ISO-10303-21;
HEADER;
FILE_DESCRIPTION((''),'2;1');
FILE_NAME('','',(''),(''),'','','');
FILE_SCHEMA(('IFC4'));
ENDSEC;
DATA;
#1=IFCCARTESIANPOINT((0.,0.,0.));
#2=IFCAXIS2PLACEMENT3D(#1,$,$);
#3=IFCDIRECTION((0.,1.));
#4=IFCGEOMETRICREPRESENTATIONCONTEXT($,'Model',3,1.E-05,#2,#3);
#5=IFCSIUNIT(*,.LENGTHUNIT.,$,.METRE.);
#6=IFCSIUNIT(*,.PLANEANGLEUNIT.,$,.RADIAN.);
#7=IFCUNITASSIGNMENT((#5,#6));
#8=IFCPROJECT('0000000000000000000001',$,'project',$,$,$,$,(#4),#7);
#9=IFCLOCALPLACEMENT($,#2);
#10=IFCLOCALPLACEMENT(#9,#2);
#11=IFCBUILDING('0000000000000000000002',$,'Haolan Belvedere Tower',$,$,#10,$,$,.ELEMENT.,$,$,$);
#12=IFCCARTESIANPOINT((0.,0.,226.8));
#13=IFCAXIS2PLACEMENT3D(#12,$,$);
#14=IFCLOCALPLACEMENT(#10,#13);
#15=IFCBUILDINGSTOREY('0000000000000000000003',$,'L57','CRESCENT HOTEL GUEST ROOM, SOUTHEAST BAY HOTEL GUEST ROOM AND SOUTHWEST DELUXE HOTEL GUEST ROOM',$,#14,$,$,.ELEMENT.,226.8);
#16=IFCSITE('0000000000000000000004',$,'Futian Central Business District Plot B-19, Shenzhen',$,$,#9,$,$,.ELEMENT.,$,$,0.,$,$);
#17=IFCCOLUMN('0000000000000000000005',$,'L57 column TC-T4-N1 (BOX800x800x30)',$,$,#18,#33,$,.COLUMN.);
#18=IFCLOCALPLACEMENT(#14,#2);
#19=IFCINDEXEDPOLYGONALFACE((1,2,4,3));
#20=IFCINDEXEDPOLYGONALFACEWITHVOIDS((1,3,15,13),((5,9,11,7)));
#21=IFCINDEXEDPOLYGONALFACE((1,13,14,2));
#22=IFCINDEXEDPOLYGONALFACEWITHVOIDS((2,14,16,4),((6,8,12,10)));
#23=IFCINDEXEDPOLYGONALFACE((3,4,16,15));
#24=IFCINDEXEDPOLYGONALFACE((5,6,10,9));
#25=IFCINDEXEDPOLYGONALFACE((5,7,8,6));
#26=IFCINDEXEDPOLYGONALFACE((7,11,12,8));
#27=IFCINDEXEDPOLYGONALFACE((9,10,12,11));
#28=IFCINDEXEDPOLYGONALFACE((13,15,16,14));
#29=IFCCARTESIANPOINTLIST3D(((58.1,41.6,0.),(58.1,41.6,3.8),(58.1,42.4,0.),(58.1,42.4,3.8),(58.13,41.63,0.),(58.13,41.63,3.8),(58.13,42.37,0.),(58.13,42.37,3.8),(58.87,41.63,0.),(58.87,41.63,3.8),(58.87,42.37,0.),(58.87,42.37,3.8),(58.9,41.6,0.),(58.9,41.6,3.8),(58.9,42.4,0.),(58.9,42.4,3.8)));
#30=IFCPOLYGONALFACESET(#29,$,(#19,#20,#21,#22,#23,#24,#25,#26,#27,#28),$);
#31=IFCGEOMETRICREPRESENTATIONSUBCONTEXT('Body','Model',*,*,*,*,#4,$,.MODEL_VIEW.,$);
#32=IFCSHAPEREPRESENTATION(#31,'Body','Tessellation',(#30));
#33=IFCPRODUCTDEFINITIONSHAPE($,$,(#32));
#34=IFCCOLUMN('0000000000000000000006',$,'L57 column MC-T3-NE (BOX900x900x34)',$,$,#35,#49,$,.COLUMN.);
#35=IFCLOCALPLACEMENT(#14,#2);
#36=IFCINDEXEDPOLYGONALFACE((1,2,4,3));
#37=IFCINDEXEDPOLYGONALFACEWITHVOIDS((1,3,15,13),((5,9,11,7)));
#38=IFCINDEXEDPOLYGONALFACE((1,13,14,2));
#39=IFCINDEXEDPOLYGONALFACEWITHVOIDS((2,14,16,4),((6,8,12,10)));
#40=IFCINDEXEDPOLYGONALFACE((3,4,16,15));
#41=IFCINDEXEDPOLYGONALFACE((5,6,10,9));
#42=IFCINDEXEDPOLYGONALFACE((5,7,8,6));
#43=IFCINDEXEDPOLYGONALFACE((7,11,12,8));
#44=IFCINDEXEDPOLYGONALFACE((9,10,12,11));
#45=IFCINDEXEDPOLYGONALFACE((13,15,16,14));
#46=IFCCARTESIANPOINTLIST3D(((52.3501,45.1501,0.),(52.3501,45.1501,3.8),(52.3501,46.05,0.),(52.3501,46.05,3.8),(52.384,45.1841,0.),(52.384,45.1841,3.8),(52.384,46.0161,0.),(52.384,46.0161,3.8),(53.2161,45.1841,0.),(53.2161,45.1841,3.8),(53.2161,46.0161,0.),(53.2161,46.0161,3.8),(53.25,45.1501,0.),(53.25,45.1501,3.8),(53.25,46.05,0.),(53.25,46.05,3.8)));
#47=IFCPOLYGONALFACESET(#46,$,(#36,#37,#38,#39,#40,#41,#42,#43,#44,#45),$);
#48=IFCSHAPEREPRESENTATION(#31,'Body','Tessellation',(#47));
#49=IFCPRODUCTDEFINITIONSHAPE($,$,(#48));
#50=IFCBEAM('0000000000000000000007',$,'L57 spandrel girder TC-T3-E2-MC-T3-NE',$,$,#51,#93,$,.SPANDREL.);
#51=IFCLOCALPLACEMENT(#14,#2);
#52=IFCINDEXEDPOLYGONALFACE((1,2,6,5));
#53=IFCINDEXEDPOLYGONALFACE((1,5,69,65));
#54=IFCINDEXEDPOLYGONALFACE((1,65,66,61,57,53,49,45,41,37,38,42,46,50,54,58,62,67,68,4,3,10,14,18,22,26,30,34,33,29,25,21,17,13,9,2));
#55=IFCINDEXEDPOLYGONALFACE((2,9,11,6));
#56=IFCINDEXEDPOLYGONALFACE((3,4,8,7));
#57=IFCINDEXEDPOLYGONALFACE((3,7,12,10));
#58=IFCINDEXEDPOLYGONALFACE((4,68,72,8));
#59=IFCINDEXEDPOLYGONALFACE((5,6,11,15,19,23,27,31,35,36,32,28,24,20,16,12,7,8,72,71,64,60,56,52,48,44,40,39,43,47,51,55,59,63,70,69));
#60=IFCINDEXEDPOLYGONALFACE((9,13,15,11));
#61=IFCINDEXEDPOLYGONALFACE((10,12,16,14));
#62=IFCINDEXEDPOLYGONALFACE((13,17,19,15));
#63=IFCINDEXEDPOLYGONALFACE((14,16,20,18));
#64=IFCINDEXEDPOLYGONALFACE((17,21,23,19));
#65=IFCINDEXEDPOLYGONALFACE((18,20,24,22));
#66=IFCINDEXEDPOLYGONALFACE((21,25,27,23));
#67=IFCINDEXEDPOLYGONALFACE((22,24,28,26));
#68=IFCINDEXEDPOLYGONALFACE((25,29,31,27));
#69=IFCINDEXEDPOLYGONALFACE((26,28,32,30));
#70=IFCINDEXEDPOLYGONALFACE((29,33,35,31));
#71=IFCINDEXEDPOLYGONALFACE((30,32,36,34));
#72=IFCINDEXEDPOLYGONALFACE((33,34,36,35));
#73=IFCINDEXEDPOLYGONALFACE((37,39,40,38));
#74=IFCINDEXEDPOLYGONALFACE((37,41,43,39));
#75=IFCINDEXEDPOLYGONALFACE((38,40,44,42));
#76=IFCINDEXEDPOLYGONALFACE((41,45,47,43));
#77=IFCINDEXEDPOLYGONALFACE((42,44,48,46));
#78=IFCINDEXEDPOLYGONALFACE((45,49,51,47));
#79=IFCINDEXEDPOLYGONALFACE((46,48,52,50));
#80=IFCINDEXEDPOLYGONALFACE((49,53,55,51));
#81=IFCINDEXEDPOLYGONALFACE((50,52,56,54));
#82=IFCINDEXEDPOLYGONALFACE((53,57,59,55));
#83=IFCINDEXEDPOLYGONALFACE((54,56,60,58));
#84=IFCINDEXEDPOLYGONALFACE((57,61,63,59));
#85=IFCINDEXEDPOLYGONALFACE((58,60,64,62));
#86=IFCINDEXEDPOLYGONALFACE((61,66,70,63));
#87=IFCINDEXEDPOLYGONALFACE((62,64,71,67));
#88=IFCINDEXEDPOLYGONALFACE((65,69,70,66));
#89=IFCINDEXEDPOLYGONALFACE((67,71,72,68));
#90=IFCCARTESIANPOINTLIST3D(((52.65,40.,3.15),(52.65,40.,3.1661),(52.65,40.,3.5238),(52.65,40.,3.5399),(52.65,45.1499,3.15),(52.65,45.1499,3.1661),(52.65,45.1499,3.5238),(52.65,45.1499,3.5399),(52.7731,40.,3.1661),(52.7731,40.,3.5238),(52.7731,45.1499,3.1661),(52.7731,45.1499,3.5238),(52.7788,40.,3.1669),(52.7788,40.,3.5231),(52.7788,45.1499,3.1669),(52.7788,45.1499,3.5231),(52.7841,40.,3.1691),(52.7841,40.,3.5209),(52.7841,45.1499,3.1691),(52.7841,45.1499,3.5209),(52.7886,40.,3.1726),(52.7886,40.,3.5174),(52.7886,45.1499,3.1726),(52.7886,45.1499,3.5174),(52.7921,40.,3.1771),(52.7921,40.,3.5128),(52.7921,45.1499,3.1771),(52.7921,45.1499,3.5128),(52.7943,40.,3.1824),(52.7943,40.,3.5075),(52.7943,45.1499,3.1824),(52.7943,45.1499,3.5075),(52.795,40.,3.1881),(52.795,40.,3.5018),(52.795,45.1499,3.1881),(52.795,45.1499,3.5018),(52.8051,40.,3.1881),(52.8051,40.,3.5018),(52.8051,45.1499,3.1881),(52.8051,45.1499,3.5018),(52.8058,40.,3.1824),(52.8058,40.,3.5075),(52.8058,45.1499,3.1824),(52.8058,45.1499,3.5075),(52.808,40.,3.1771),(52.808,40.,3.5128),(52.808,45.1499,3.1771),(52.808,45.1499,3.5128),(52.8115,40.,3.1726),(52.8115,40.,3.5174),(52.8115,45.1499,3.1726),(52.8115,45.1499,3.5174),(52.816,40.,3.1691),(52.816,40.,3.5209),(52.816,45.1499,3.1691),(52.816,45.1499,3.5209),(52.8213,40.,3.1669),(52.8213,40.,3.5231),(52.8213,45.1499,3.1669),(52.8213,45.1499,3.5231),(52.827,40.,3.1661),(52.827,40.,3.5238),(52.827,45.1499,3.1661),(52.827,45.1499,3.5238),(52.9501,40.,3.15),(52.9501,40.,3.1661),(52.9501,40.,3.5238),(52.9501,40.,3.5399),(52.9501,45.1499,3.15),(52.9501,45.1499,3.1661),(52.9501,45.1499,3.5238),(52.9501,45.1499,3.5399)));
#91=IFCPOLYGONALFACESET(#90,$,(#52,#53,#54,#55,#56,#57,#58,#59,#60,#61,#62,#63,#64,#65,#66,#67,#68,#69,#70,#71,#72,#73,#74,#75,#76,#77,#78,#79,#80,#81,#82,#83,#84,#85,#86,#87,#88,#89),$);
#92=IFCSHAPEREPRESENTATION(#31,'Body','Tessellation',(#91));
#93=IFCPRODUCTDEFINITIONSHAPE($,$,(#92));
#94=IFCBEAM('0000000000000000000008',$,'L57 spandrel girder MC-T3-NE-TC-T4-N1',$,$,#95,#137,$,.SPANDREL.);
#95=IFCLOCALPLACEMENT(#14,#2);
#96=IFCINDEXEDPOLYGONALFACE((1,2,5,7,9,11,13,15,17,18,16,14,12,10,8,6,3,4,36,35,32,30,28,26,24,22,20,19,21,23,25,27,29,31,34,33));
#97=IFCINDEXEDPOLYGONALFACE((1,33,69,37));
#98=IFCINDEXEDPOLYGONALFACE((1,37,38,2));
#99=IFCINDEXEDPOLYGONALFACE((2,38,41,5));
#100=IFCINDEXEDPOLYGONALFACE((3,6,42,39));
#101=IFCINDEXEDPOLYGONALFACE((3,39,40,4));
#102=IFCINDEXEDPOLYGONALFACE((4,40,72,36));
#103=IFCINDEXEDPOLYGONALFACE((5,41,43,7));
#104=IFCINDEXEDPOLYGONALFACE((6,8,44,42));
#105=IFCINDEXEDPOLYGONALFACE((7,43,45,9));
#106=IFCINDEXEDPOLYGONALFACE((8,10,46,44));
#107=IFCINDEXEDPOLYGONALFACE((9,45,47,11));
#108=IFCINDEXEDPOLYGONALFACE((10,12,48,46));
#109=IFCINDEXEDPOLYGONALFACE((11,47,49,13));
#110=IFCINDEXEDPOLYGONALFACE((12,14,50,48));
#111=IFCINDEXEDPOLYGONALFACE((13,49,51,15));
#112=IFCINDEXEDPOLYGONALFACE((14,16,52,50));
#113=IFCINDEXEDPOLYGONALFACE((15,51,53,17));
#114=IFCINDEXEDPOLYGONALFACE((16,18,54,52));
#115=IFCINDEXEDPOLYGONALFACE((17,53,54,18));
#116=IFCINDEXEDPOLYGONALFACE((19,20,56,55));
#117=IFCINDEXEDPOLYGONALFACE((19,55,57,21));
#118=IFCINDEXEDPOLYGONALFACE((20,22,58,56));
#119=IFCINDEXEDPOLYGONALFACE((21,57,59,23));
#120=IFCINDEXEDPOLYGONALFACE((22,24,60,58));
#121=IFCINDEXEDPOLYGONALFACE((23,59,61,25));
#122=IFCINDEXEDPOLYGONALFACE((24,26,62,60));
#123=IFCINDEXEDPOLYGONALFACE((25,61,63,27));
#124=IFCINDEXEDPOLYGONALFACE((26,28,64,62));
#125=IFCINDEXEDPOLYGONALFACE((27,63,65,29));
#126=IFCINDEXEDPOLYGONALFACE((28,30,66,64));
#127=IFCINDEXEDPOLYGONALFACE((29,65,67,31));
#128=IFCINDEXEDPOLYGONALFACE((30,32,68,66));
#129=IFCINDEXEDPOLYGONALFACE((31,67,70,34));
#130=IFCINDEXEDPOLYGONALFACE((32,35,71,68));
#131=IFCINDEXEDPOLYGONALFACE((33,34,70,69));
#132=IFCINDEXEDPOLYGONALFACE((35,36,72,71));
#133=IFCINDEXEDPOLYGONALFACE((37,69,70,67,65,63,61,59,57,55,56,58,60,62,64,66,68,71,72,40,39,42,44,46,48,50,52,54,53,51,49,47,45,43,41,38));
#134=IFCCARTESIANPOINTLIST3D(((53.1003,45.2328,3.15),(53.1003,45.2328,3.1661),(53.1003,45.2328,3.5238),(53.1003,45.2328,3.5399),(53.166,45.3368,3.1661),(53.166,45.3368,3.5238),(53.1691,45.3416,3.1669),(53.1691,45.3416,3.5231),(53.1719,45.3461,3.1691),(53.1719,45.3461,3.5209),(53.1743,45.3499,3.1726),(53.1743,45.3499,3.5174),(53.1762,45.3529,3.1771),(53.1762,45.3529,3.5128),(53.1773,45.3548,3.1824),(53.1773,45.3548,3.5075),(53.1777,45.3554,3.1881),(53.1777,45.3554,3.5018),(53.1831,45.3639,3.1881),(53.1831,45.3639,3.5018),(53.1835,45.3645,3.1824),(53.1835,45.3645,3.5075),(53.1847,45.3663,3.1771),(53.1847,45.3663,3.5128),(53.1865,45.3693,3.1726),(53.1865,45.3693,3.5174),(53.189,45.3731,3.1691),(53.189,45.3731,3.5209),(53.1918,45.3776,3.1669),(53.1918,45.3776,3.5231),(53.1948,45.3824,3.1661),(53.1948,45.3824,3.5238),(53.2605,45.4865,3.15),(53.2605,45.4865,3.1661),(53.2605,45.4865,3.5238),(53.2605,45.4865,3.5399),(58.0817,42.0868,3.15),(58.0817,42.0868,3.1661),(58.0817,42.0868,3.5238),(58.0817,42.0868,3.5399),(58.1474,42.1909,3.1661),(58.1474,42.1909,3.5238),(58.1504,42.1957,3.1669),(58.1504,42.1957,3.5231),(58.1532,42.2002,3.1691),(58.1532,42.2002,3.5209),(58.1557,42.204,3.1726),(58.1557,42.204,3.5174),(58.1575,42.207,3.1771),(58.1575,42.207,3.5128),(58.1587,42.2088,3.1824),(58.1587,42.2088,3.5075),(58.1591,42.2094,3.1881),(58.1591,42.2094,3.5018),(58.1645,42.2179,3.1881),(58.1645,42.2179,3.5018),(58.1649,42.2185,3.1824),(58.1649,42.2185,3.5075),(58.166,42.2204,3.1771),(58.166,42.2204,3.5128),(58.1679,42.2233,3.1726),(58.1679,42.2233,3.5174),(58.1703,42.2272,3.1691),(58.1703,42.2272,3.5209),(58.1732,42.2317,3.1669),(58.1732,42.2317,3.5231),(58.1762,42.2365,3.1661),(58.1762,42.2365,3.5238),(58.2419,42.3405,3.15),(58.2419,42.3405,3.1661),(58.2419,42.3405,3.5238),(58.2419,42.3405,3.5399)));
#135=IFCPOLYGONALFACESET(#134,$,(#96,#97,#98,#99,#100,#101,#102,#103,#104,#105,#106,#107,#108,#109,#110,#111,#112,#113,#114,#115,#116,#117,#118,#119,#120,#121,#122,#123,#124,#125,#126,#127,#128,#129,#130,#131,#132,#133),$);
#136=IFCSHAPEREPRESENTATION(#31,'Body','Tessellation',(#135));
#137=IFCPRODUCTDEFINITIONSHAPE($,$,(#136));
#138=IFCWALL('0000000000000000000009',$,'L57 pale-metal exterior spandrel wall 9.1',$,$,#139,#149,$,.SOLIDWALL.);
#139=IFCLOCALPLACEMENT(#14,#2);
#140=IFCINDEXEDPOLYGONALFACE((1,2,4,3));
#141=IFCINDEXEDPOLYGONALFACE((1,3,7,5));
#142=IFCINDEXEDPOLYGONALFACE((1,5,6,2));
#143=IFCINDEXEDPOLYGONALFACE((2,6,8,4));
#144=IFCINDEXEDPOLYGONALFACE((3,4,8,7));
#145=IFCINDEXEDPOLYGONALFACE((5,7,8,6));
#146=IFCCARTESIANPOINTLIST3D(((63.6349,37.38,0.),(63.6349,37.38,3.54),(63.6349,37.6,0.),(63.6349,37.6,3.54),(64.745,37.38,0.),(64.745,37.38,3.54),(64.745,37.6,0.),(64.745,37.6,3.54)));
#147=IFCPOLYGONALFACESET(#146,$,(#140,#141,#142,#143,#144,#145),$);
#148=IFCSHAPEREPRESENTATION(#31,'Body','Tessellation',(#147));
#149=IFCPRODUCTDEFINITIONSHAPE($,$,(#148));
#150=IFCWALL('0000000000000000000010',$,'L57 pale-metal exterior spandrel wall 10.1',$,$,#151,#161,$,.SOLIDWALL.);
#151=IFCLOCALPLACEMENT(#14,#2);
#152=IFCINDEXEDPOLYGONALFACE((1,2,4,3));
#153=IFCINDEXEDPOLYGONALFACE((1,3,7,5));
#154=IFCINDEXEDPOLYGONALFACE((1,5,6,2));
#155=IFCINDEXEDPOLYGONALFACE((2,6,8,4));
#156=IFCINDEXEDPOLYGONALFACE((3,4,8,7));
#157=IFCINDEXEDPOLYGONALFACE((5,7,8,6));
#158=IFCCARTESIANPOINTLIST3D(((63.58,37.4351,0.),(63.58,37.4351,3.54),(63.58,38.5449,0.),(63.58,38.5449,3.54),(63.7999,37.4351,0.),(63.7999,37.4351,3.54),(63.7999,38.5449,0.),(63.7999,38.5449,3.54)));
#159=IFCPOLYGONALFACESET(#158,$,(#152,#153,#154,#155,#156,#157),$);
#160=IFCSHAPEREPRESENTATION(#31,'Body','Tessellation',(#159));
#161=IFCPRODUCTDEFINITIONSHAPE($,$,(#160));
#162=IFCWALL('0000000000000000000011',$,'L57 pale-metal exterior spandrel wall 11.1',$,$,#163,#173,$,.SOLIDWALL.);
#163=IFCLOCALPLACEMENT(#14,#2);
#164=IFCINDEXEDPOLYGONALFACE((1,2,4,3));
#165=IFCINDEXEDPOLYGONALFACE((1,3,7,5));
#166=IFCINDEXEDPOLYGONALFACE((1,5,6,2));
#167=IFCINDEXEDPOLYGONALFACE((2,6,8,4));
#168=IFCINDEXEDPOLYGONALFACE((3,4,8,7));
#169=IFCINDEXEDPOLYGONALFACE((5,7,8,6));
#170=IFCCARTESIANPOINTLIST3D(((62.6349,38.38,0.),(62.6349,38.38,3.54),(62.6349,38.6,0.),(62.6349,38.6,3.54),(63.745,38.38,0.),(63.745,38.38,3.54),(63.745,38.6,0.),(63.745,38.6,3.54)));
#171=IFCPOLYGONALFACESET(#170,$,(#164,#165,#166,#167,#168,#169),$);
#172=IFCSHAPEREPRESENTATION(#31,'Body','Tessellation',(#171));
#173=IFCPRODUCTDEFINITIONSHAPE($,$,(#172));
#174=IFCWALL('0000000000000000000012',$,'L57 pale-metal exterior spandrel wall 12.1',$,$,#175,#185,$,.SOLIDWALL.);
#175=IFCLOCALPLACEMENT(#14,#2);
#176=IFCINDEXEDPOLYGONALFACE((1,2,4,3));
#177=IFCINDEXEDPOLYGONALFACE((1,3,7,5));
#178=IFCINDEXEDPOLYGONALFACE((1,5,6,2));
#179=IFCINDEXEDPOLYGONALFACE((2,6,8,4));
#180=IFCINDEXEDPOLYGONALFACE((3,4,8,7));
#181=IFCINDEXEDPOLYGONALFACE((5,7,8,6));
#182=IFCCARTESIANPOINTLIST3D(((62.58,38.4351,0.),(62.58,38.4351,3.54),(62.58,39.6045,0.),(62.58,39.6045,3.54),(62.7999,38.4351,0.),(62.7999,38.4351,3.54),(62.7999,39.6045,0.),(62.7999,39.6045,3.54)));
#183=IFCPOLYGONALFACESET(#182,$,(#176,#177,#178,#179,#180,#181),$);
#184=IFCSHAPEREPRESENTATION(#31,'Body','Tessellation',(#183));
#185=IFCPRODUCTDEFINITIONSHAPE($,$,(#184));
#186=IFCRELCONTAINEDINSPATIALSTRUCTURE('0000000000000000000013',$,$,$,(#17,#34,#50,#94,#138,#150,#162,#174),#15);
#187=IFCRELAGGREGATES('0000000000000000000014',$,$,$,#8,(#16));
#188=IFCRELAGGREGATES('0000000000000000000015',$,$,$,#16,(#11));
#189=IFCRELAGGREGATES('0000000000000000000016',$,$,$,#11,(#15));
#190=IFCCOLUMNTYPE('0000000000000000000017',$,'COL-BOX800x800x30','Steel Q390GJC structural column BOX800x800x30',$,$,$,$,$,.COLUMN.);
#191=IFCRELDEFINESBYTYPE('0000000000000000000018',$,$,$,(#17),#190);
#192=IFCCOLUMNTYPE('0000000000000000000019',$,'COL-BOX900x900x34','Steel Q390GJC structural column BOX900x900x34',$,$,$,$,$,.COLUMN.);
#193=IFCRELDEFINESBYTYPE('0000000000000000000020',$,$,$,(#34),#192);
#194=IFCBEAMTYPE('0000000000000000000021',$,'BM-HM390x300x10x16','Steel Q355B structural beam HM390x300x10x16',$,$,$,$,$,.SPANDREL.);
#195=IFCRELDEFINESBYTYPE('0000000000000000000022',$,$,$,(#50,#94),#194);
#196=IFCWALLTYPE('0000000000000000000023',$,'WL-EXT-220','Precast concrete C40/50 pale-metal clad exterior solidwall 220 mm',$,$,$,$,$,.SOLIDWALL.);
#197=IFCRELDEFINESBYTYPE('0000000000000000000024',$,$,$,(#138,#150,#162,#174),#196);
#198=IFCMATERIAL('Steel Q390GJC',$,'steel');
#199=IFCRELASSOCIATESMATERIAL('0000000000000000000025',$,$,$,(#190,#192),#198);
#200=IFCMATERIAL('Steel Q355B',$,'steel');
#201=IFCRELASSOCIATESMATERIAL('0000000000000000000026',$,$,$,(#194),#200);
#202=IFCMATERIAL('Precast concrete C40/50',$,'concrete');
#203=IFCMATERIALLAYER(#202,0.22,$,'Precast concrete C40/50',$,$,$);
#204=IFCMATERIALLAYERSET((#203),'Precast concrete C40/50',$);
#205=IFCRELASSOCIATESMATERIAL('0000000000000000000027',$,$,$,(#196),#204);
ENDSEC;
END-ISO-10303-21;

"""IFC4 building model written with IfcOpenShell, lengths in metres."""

from ifc_helpers import new_model, si_unit, direction, frame, frame_2d, origin, origin_2d, place, context, subcontext, project, spatial, rectangle, hollow_rectangle, i_section, extrude, material, layer, layer_set, material_profile, profile_set, type_object, element, save


model = new_model("IFC4")

# Units and contexts
model_context = context("Model", 3, precision=1e-05, world=origin(), true_north=direction((0.0, 1.0)))
body_context = subcontext(model_context, "Body", "Model", "MODEL_VIEW")
ifc_project = project(units=[si_unit("LENGTHUNIT", "METRE"), si_unit("PLANEANGLEUNIT", "RADIAN")], contexts=[model_context])

# Site, building, storey
site_placement = place(None, origin())
site = spatial("IfcSite", under=ifc_project, at=site_placement, Name="Futian Central Business District Plot B-19, Shenzhen", CompositionType="ELEMENT", RefElevation=0.0)
building_placement = place(site_placement, origin())
building = spatial("IfcBuilding", under=site, at=building_placement, Name="Haolan Belvedere Tower", CompositionType="ELEMENT")
storey_placement = place(building_placement, frame((0.0, 0.0, 226.8)))
storey = spatial("IfcBuildingStorey", under=building, at=storey_placement, Name="L57", Description="CRESCENT HOTEL GUEST ROOM, SOUTHEAST BAY HOTEL GUEST ROOM AND SOUTHWEST DELUXE HOTEL GUEST ROOM", CompositionType="ELEMENT", Elevation=226.8)

# Columns
ifc_material_1 = material(Name="Steel Q390GJC", Category="steel")
ifc_material_profile_1 = material_profile(ifc_material_1, hollow_rectangle(XDim=0.8, YDim=0.8, WallThickness=0.03, at=origin_2d()), Name="Steel Q390GJC")
ifc_profile_set_1 = profile_set([ifc_material_profile_1], Name="Steel Q390GJC")
column_type_1 = type_object("IfcColumnType", Name="COL-BOX800x800x30", Description="Steel Q390GJC structural column BOX800x800x30", PredefinedType="COLUMN", material=ifc_profile_set_1)
column_1_placement = place(storey_placement, frame((58.5, 42.0, 0.0), z_axis=(0.0, 0.0, 1.0), x_axis=(1.0, 0.0, 0.0)))
element("IfcColumn", 1, at=column_1_placement, inside=storey, type_object=column_type_1, Name="L57 column TC-T4-N1 (BOX800x800x30)", PredefinedType="COLUMN", context=body_context, shape_type="SweptSolid", body=[
    extrude(hollow_rectangle(XDim=0.8, YDim=0.8, WallThickness=0.03, at=origin_2d()), origin(), (0.0, 0.0, 1.0), 3.8),
])
ifc_material_profile_2 = material_profile(ifc_material_1, hollow_rectangle(XDim=0.8999, YDim=0.8999, WallThickness=0.0339, at=origin_2d()), Name="Steel Q390GJC")
ifc_profile_set_2 = profile_set([ifc_material_profile_2], Name="Steel Q390GJC")
column_type_2 = type_object("IfcColumnType", Name="COL-BOX900x900x34", Description="Steel Q390GJC structural column BOX900x900x34", PredefinedType="COLUMN", material=ifc_profile_set_2)
column_2_placement = place(storey_placement, frame((52.8, 45.6001, 0.0), z_axis=(0.0, 0.0, 1.0), x_axis=(1.0, 0.0, 0.0)))
element("IfcColumn", 2, at=column_2_placement, inside=storey, type_object=column_type_2, Name="L57 column MC-T3-NE (BOX900x900x34)", PredefinedType="COLUMN", context=body_context, shape_type="SweptSolid", body=[
    extrude(hollow_rectangle(XDim=0.8999, YDim=0.8999, WallThickness=0.0339, at=origin_2d()), origin(), (0.0, 0.0, 1.0), 3.8),
])

# Beams
ifc_material_2 = material(Name="Steel Q355B", Category="steel")
ifc_material_profile_3 = material_profile(ifc_material_2, i_section(OverallWidth=0.3, OverallDepth=0.3899, WebThickness=0.01, FlangeThickness=0.0161, FilletRadius=0.022, at=origin_2d()), Name="Steel Q355B")
ifc_profile_set_3 = profile_set([ifc_material_profile_3], Name="Steel Q355B")
beam_type = type_object("IfcBeamType", Name="BM-HM390x300x10x16", Description="Steel Q355B structural beam HM390x300x10x16", PredefinedType="SPANDREL", material=ifc_profile_set_3)
beam_1_placement = place(storey_placement, frame((52.8, 40.0, 3.345), z_axis=(0.0, 1.0, 0.0), x_axis=(-1.0, 0.0, 0.0)))
element("IfcBeam", 3, at=beam_1_placement, inside=storey, type_object=beam_type, Name="L57 spandrel girder TC-T3-E2-MC-T3-NE", PredefinedType="SPANDREL", context=body_context, shape_type="SweptSolid", body=[
    extrude(i_section(OverallWidth=0.3, OverallDepth=0.3899, WebThickness=0.01, FlangeThickness=0.0161, FilletRadius=0.022, at=origin_2d()), origin(), (0.0, 0.0, 1.0), 5.1499),
])
beam_2_placement = place(storey_placement, frame((53.1804, 45.3596, 3.345), z_axis=(0.845503, -0.533971, 0.0), x_axis=(0.533971, 0.845503, 0.0)))
element("IfcBeam", 4, at=beam_2_placement, inside=storey, type_object=beam_type, Name="L57 spandrel girder MC-T3-NE-TC-T4-N1", PredefinedType="SPANDREL", context=body_context, shape_type="SweptSolid", body=[
    extrude(i_section(OverallWidth=0.3, OverallDepth=0.3899, WebThickness=0.01, FlangeThickness=0.0161, FilletRadius=0.022, at=origin_2d()), origin(), (0.0, 0.0, 1.0), 5.8916),
])

# Walls
ifc_material_3 = material(Name="Precast concrete C40/50", Category="concrete")
ifc_layer_1 = layer(ifc_material_3, 0.22, Name="Precast concrete C40/50")
ifc_layer_set_1 = layer_set([ifc_layer_1], Name="Precast concrete C40/50")
wall_type_1 = type_object("IfcWallType", Name="WL-EXT-220", Description="Precast concrete C40/50 pale-metal clad exterior solidwall 220 mm", PredefinedType="SOLIDWALL", material=ifc_layer_set_1)
wall_1_placement = place(storey_placement, frame((64.7451, 37.49, 0.0), z_axis=(0.0, 0.0, 1.0), x_axis=(-1.0, 0.0, 0.0)))
element("IfcWall", 5, at=wall_1_placement, inside=storey, type_object=wall_type_1, Name="L57 pale-metal exterior spandrel wall 9.1", PredefinedType="SOLIDWALL", context=body_context, shape_type="SweptSolid", body=[
    extrude(rectangle(XDim=1.1101, YDim=0.22, at=frame_2d((0.5552, 0.0))), origin(), (0.0, 0.0, 1.0), 3.54),
])
wall_2_placement = place(storey_placement, frame((63.6899, 37.4351, 0.0), z_axis=(0.0, 0.0, 1.0), x_axis=(0.0, 1.0, 0.0)))
element("IfcWall", 6, at=wall_2_placement, inside=storey, type_object=wall_type_1, Name="L57 pale-metal exterior spandrel wall 10.1", PredefinedType="SOLIDWALL", context=body_context, shape_type="SweptSolid", body=[
    extrude(rectangle(XDim=1.1099, YDim=0.22, at=frame_2d((0.5549, 0.0))), origin(), (0.0, 0.0, 1.0), 3.54),
])
wall_3_placement = place(storey_placement, frame((63.7451, 38.49, 0.0), z_axis=(0.0, 0.0, 1.0), x_axis=(-1.0, 0.0, 0.0)))
element("IfcWall", 7, at=wall_3_placement, inside=storey, type_object=wall_type_1, Name="L57 pale-metal exterior spandrel wall 11.1", PredefinedType="SOLIDWALL", context=body_context, shape_type="SweptSolid", body=[
    extrude(rectangle(XDim=1.1101, YDim=0.22, at=frame_2d((0.5552, 0.0))), origin(), (0.0, 0.0, 1.0), 3.54),
])
wall_4_placement = place(storey_placement, frame((62.6899, 38.4351, 0.0), z_axis=(0.0, 0.0, 1.0), x_axis=(0.0, 1.0, 0.0)))
element("IfcWall", 8, at=wall_4_placement, inside=storey, type_object=wall_type_1, Name="L57 pale-metal exterior spandrel wall 12.1", PredefinedType="SOLIDWALL", context=body_context, shape_type="SweptSolid", body=[
    extrude(rectangle(XDim=1.1694, YDim=0.22, at=frame_2d((0.5847, 0.0))), origin(), (0.0, 0.0, 1.0), 3.54),
])

save(model, "model.ifc")
